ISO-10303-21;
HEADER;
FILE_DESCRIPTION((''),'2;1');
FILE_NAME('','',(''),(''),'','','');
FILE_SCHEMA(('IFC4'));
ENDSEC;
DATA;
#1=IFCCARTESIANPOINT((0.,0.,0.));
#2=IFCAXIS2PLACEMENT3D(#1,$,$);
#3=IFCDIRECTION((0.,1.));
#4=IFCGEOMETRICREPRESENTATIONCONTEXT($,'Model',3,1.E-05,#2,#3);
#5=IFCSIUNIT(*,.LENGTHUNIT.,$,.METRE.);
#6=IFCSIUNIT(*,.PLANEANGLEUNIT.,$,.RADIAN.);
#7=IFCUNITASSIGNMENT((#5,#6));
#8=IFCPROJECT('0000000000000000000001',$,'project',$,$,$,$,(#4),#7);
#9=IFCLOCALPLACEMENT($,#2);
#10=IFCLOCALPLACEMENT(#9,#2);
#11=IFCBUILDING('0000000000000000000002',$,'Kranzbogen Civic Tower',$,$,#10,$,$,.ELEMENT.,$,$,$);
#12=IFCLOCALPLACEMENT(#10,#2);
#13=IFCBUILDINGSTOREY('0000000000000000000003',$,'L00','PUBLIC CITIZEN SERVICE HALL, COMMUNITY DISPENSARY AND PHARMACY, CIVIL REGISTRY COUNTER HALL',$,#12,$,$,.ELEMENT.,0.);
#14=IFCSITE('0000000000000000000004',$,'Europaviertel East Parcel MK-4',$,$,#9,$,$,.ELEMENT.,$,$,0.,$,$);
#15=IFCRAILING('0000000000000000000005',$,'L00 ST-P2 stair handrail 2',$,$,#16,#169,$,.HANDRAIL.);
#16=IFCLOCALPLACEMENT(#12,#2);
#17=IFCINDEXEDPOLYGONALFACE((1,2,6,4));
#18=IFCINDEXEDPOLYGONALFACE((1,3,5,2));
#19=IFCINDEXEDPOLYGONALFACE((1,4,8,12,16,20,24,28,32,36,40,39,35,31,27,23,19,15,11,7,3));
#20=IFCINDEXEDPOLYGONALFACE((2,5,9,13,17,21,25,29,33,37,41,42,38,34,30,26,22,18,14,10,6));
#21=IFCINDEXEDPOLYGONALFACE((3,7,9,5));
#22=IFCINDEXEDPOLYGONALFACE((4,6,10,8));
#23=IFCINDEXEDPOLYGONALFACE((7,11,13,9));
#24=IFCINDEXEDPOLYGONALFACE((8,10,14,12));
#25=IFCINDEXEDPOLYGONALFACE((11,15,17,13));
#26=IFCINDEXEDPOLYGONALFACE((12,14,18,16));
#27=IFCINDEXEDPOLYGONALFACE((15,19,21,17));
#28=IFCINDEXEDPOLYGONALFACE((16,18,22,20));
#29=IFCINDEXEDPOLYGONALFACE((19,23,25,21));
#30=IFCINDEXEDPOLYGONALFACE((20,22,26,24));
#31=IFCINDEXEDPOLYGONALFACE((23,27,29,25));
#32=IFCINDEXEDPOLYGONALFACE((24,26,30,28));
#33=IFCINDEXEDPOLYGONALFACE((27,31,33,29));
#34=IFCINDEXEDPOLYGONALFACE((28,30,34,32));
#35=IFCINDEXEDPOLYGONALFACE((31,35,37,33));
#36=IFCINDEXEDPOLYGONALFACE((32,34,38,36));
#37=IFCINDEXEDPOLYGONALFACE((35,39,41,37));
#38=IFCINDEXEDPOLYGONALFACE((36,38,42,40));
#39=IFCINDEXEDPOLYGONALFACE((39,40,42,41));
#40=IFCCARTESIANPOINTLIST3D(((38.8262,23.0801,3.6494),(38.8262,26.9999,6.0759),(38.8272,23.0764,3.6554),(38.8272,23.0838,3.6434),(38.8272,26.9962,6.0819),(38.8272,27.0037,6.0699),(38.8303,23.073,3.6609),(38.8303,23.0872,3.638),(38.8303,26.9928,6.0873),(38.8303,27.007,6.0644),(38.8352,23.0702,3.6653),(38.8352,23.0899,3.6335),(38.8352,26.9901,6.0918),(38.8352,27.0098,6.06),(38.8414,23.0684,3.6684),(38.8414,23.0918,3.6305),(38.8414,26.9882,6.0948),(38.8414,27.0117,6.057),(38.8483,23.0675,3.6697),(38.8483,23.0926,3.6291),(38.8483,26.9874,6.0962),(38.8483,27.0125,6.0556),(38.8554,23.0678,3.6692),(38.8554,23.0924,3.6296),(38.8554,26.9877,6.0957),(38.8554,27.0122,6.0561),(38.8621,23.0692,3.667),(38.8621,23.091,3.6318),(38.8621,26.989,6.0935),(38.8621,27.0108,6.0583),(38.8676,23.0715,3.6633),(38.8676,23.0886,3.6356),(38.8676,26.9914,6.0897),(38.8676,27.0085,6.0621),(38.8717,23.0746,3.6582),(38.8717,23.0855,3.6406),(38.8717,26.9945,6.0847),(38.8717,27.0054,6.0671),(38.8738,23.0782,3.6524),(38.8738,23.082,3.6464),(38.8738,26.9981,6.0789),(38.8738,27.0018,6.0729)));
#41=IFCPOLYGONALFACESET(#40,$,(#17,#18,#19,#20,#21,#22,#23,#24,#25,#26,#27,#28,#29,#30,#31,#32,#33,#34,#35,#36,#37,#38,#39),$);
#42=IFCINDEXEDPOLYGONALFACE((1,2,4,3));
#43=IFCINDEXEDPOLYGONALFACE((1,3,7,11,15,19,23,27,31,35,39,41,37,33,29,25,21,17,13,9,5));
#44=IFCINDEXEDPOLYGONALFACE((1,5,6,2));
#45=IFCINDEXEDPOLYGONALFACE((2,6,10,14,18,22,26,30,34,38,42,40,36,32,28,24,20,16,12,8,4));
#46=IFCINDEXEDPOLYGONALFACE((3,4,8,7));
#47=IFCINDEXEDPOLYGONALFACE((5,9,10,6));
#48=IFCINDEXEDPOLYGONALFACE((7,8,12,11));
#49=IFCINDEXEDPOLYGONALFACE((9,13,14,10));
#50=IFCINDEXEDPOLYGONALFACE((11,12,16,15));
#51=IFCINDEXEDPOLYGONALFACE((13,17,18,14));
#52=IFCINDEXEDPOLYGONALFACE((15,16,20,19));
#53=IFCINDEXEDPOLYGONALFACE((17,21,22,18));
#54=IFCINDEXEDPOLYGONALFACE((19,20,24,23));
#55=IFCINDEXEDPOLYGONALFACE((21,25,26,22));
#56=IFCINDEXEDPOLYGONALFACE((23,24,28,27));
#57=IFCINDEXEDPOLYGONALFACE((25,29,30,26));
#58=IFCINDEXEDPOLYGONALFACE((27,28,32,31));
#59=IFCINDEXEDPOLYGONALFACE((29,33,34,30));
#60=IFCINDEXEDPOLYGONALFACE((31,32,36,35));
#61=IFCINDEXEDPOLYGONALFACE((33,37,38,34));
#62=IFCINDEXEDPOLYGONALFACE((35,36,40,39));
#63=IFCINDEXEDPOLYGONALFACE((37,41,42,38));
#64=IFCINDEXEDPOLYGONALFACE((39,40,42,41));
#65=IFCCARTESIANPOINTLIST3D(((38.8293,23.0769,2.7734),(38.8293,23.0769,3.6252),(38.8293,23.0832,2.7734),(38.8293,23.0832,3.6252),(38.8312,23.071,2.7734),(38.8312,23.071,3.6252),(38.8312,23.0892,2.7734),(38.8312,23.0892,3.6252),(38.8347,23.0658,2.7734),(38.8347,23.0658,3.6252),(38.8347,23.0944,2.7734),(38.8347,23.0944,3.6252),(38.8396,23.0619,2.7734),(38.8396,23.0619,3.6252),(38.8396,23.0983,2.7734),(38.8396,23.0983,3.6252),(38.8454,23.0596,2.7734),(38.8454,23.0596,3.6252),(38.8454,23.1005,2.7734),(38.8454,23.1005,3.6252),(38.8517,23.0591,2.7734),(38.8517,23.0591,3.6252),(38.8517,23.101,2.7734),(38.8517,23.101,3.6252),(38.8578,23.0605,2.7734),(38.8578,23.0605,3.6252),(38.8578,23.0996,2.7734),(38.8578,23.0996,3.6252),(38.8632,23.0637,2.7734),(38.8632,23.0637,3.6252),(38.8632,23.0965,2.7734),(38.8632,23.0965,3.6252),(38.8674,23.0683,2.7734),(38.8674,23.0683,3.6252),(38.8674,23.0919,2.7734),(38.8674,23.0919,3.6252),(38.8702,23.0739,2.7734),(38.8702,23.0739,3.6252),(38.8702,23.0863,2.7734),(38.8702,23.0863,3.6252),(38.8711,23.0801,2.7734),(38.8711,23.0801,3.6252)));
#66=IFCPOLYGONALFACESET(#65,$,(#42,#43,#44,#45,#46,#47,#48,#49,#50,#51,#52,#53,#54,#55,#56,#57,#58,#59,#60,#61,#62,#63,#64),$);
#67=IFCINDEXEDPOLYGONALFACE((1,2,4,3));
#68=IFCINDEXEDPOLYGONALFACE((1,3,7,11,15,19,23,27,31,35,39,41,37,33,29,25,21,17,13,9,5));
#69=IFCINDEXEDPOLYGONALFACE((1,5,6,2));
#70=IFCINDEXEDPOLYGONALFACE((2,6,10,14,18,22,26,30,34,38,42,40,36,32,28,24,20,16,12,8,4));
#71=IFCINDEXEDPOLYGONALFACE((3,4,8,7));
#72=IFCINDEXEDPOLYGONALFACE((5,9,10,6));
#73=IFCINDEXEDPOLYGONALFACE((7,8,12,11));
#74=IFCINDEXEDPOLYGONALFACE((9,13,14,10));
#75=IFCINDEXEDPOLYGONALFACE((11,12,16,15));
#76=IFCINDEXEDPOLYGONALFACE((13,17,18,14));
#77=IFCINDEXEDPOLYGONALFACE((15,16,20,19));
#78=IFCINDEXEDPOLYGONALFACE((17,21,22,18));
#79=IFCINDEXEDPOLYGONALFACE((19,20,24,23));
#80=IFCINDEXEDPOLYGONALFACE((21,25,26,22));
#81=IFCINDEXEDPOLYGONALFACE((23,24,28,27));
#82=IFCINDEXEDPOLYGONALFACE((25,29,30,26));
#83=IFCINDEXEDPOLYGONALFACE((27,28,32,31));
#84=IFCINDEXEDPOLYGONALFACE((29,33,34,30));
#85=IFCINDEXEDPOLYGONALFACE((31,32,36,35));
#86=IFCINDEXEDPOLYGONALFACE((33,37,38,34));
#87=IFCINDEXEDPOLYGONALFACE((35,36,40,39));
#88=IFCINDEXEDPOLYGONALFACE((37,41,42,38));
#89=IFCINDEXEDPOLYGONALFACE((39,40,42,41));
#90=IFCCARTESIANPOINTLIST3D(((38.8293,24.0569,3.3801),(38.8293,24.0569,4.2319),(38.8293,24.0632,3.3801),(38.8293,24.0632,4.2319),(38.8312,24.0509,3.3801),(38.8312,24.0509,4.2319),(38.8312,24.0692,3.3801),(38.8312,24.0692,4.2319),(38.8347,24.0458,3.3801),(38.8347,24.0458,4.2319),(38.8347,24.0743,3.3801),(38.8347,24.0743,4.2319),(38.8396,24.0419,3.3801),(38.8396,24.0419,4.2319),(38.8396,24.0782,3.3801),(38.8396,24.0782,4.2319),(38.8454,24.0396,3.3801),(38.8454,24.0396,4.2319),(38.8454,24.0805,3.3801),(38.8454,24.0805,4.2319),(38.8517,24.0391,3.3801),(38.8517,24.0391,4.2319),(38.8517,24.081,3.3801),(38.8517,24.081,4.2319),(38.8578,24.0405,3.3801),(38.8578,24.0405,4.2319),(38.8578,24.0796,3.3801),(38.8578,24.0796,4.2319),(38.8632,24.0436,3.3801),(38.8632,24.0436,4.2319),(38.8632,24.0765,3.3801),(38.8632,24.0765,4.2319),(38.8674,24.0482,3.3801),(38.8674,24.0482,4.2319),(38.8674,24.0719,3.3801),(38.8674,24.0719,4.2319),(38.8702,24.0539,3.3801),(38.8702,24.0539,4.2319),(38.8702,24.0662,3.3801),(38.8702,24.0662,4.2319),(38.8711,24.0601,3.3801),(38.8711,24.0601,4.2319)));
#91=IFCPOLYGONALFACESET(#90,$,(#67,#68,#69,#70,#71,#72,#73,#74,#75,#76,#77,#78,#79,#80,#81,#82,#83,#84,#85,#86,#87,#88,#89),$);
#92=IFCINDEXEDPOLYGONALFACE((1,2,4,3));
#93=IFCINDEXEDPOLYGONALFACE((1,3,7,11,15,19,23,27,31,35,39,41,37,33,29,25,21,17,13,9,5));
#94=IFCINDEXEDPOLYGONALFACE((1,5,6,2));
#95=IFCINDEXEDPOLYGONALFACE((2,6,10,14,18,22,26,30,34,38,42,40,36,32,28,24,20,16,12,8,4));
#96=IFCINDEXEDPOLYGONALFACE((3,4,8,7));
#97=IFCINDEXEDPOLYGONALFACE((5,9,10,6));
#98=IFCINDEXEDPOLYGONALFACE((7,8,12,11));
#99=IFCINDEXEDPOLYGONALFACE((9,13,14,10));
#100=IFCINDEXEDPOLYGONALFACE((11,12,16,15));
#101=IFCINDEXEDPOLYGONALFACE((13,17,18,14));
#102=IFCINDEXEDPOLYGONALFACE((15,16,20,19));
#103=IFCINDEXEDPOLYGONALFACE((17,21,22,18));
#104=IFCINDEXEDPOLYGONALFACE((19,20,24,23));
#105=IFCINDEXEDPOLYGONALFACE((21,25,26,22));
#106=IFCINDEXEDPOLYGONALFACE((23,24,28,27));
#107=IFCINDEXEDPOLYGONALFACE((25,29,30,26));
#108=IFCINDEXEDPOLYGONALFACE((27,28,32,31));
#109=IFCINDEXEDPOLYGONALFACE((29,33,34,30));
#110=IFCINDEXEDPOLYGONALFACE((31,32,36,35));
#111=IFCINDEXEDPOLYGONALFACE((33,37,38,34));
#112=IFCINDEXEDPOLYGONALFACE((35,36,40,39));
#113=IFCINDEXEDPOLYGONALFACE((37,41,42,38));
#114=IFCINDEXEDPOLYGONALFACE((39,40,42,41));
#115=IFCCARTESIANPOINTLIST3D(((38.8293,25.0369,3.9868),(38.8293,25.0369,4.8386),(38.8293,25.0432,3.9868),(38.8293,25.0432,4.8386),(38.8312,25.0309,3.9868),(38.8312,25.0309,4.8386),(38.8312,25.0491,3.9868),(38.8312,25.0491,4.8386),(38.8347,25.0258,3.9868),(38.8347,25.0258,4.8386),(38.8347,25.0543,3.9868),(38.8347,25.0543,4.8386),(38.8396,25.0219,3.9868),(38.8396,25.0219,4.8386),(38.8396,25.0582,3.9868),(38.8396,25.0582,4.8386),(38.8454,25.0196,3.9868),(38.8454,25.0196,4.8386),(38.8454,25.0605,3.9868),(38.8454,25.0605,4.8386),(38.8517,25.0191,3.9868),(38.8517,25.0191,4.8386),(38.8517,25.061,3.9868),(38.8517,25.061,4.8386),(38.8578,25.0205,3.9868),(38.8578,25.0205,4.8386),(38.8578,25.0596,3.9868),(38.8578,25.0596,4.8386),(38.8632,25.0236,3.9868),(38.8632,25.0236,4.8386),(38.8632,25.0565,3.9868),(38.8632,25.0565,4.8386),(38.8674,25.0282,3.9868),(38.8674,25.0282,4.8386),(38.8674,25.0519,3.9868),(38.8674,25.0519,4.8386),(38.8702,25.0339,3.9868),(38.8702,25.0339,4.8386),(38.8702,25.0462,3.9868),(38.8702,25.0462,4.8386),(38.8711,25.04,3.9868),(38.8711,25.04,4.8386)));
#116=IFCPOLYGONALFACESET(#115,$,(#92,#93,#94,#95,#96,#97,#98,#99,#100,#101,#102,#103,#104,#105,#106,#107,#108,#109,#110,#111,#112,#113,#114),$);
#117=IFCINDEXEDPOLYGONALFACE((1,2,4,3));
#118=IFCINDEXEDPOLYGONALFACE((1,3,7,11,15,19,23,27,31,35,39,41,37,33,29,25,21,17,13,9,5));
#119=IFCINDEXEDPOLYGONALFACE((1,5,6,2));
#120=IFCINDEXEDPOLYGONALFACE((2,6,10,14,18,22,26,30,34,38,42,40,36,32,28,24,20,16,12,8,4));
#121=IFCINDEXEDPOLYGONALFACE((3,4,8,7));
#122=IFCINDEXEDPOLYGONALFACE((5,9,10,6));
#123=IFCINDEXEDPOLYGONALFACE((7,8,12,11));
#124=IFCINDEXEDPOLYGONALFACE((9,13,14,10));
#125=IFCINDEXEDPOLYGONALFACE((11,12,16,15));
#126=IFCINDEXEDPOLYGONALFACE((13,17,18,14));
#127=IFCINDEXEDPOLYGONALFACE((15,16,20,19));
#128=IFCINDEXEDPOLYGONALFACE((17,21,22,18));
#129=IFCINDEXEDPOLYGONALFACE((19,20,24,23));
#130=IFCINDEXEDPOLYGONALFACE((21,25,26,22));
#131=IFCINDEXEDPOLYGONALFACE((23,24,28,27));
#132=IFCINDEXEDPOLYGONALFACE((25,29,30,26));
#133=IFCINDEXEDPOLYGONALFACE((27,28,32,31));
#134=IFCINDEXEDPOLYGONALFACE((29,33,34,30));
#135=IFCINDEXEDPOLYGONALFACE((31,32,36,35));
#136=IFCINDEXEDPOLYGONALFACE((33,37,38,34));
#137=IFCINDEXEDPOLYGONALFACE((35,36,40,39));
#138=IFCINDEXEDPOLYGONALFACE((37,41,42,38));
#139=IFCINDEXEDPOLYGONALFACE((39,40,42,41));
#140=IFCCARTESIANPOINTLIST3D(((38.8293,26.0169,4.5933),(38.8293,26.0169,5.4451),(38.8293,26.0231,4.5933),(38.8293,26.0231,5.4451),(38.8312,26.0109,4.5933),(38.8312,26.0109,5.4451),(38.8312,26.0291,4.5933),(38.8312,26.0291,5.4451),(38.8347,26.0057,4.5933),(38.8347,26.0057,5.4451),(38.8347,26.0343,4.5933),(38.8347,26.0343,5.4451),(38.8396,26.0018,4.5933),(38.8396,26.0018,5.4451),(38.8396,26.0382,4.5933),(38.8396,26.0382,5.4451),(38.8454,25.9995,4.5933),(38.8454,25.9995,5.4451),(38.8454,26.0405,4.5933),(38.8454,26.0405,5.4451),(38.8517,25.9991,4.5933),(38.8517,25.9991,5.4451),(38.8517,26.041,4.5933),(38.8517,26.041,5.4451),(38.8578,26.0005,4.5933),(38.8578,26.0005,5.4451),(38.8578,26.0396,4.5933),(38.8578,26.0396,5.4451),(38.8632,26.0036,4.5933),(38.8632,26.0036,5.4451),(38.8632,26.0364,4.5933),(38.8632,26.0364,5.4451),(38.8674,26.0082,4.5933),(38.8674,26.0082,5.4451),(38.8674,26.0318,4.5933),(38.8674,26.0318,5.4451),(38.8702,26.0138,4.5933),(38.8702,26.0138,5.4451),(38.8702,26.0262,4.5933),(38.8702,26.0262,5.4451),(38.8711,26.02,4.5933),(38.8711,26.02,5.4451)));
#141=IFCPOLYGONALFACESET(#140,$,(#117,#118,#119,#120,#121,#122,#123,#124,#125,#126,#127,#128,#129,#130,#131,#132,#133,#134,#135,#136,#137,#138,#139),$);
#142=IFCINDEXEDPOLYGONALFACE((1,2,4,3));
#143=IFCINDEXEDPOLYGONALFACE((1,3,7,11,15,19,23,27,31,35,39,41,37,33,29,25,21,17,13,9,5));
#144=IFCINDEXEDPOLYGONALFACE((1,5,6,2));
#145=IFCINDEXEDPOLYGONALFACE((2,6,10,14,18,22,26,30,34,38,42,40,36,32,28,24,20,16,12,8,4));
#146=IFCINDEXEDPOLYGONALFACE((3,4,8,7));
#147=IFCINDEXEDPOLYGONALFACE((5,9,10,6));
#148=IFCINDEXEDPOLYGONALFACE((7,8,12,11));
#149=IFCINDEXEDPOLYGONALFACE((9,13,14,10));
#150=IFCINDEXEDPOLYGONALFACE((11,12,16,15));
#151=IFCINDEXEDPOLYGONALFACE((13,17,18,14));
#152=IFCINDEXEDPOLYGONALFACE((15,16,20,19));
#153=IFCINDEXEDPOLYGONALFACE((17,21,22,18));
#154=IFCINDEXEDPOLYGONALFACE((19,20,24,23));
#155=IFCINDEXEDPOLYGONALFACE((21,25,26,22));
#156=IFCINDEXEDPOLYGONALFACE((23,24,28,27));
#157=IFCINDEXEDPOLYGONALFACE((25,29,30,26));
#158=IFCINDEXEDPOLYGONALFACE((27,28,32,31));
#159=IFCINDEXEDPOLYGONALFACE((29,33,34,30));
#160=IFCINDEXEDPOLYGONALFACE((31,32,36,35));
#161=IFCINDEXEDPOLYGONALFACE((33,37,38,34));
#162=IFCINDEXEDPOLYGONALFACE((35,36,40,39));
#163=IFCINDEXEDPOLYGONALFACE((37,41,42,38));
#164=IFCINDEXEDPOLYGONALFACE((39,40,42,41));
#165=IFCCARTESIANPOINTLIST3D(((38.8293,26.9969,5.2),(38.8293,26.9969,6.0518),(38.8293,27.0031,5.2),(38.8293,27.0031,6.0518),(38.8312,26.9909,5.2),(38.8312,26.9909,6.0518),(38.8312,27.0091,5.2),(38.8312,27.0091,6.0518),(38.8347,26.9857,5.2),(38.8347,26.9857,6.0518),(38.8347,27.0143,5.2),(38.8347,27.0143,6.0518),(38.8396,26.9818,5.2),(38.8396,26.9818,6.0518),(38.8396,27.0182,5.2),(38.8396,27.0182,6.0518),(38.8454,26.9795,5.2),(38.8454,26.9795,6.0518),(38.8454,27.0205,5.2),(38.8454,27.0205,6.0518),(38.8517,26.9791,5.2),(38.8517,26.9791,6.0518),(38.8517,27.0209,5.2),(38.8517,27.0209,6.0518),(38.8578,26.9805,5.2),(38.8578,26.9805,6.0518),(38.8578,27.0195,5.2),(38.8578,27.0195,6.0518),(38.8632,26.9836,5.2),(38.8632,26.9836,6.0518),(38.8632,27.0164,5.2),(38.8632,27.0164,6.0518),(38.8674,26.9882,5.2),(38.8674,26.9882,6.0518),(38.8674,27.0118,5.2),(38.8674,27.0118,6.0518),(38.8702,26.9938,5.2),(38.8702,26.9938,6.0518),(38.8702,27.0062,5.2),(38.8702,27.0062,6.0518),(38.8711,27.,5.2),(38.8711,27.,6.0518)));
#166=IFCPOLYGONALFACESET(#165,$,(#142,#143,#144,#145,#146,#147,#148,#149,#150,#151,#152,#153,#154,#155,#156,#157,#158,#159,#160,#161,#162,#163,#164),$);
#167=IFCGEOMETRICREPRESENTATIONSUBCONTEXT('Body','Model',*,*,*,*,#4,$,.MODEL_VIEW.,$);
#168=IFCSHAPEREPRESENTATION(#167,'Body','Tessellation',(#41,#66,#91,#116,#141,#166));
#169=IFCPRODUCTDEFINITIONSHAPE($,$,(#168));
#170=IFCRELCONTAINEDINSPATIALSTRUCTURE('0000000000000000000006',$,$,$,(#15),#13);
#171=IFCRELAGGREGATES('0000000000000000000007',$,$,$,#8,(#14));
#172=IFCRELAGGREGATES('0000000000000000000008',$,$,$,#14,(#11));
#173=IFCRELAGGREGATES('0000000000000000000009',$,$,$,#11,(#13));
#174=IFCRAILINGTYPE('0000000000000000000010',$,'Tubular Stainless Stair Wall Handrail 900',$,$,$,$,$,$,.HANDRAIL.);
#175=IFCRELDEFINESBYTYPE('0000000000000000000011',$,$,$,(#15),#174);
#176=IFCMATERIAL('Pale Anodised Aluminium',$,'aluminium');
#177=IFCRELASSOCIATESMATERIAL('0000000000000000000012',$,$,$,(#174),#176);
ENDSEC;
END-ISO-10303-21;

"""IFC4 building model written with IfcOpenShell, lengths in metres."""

from ifc_helpers import new_model, si_unit, direction, frame, origin, origin_2d, place, context, subcontext, project, spatial, circle, extrude, material, type_object, element, save


model = new_model("IFC4")

# Units and contexts
model_context = context("Model", 3, precision=1e-05, world=origin(), true_north=direction((0.0, 1.0)))
body_context = subcontext(model_context, "Body", "Model", "MODEL_VIEW")
ifc_project = project(units=[si_unit("LENGTHUNIT", "METRE"), si_unit("PLANEANGLEUNIT", "RADIAN")], contexts=[model_context])

# Site, building, storey
site_placement = place(None, origin())
site = spatial("IfcSite", under=ifc_project, at=site_placement, Name="Europaviertel East Parcel MK-4", CompositionType="ELEMENT", RefElevation=0.0)
building_placement = place(site_placement, origin())
building = spatial("IfcBuilding", under=site, at=building_placement, Name="Kranzbogen Civic Tower", CompositionType="ELEMENT")
storey_placement = place(building_placement, origin())
storey = spatial("IfcBuildingStorey", under=building, at=storey_placement, Name="L00", Description="PUBLIC CITIZEN SERVICE HALL, COMMUNITY DISPENSARY AND PHARMACY, CIVIL REGISTRY COUNTER HALL", CompositionType="ELEMENT", Elevation=0.0)

# Shared definitions
ifc_material_1 = material(Name="Pale Anodised Aluminium", Category="aluminium")

# Railing
railing_type_1 = type_object("IfcRailingType", Name="Tubular Stainless Stair Wall Handrail 900", PredefinedType="HANDRAIL", material=ifc_material_1)
railing_1_placement = place(storey_placement, frame((38.8501, 23.0801, 2.7734)))
element("IfcRailing", 1, at=railing_1_placement, inside=storey, type_object=railing_type_1, Name="L00 ST-P2 stair handrail 2", PredefinedType="HANDRAIL", context=body_context, shape_type="SweptSolid", body=[
    extrude(circle(Radius=0.0239, at=origin_2d()), frame((0.0, 0.0, 0.876), z_axis=(0.0, 0.850275, 0.526338), x_axis=(-1.0, 0.0, 0.0)), (0.0, 0.0, 1.0), 4.6101),
    extrude(circle(Radius=0.021, at=origin_2d()), origin(), (0.0, 0.0, 1.0), 0.8518),
    extrude(circle(Radius=0.021, at=origin_2d()), frame((0.0, 0.98, 0.6067)), (0.0, 0.0, 1.0), 0.8518),
    extrude(circle(Radius=0.021, at=origin_2d()), frame((0.0, 1.96, 1.2134)), (0.0, 0.0, 1.0), 0.8518),
    extrude(circle(Radius=0.021, at=origin_2d()), frame((0.0, 2.9399, 1.8198)), (0.0, 0.0, 1.0), 0.8518),
    extrude(circle(Radius=0.021, at=origin_2d()), frame((0.0, 3.9199, 2.4265)), (0.0, 0.0, 1.0), 0.8518),
])

save(model, "model.ifc")
